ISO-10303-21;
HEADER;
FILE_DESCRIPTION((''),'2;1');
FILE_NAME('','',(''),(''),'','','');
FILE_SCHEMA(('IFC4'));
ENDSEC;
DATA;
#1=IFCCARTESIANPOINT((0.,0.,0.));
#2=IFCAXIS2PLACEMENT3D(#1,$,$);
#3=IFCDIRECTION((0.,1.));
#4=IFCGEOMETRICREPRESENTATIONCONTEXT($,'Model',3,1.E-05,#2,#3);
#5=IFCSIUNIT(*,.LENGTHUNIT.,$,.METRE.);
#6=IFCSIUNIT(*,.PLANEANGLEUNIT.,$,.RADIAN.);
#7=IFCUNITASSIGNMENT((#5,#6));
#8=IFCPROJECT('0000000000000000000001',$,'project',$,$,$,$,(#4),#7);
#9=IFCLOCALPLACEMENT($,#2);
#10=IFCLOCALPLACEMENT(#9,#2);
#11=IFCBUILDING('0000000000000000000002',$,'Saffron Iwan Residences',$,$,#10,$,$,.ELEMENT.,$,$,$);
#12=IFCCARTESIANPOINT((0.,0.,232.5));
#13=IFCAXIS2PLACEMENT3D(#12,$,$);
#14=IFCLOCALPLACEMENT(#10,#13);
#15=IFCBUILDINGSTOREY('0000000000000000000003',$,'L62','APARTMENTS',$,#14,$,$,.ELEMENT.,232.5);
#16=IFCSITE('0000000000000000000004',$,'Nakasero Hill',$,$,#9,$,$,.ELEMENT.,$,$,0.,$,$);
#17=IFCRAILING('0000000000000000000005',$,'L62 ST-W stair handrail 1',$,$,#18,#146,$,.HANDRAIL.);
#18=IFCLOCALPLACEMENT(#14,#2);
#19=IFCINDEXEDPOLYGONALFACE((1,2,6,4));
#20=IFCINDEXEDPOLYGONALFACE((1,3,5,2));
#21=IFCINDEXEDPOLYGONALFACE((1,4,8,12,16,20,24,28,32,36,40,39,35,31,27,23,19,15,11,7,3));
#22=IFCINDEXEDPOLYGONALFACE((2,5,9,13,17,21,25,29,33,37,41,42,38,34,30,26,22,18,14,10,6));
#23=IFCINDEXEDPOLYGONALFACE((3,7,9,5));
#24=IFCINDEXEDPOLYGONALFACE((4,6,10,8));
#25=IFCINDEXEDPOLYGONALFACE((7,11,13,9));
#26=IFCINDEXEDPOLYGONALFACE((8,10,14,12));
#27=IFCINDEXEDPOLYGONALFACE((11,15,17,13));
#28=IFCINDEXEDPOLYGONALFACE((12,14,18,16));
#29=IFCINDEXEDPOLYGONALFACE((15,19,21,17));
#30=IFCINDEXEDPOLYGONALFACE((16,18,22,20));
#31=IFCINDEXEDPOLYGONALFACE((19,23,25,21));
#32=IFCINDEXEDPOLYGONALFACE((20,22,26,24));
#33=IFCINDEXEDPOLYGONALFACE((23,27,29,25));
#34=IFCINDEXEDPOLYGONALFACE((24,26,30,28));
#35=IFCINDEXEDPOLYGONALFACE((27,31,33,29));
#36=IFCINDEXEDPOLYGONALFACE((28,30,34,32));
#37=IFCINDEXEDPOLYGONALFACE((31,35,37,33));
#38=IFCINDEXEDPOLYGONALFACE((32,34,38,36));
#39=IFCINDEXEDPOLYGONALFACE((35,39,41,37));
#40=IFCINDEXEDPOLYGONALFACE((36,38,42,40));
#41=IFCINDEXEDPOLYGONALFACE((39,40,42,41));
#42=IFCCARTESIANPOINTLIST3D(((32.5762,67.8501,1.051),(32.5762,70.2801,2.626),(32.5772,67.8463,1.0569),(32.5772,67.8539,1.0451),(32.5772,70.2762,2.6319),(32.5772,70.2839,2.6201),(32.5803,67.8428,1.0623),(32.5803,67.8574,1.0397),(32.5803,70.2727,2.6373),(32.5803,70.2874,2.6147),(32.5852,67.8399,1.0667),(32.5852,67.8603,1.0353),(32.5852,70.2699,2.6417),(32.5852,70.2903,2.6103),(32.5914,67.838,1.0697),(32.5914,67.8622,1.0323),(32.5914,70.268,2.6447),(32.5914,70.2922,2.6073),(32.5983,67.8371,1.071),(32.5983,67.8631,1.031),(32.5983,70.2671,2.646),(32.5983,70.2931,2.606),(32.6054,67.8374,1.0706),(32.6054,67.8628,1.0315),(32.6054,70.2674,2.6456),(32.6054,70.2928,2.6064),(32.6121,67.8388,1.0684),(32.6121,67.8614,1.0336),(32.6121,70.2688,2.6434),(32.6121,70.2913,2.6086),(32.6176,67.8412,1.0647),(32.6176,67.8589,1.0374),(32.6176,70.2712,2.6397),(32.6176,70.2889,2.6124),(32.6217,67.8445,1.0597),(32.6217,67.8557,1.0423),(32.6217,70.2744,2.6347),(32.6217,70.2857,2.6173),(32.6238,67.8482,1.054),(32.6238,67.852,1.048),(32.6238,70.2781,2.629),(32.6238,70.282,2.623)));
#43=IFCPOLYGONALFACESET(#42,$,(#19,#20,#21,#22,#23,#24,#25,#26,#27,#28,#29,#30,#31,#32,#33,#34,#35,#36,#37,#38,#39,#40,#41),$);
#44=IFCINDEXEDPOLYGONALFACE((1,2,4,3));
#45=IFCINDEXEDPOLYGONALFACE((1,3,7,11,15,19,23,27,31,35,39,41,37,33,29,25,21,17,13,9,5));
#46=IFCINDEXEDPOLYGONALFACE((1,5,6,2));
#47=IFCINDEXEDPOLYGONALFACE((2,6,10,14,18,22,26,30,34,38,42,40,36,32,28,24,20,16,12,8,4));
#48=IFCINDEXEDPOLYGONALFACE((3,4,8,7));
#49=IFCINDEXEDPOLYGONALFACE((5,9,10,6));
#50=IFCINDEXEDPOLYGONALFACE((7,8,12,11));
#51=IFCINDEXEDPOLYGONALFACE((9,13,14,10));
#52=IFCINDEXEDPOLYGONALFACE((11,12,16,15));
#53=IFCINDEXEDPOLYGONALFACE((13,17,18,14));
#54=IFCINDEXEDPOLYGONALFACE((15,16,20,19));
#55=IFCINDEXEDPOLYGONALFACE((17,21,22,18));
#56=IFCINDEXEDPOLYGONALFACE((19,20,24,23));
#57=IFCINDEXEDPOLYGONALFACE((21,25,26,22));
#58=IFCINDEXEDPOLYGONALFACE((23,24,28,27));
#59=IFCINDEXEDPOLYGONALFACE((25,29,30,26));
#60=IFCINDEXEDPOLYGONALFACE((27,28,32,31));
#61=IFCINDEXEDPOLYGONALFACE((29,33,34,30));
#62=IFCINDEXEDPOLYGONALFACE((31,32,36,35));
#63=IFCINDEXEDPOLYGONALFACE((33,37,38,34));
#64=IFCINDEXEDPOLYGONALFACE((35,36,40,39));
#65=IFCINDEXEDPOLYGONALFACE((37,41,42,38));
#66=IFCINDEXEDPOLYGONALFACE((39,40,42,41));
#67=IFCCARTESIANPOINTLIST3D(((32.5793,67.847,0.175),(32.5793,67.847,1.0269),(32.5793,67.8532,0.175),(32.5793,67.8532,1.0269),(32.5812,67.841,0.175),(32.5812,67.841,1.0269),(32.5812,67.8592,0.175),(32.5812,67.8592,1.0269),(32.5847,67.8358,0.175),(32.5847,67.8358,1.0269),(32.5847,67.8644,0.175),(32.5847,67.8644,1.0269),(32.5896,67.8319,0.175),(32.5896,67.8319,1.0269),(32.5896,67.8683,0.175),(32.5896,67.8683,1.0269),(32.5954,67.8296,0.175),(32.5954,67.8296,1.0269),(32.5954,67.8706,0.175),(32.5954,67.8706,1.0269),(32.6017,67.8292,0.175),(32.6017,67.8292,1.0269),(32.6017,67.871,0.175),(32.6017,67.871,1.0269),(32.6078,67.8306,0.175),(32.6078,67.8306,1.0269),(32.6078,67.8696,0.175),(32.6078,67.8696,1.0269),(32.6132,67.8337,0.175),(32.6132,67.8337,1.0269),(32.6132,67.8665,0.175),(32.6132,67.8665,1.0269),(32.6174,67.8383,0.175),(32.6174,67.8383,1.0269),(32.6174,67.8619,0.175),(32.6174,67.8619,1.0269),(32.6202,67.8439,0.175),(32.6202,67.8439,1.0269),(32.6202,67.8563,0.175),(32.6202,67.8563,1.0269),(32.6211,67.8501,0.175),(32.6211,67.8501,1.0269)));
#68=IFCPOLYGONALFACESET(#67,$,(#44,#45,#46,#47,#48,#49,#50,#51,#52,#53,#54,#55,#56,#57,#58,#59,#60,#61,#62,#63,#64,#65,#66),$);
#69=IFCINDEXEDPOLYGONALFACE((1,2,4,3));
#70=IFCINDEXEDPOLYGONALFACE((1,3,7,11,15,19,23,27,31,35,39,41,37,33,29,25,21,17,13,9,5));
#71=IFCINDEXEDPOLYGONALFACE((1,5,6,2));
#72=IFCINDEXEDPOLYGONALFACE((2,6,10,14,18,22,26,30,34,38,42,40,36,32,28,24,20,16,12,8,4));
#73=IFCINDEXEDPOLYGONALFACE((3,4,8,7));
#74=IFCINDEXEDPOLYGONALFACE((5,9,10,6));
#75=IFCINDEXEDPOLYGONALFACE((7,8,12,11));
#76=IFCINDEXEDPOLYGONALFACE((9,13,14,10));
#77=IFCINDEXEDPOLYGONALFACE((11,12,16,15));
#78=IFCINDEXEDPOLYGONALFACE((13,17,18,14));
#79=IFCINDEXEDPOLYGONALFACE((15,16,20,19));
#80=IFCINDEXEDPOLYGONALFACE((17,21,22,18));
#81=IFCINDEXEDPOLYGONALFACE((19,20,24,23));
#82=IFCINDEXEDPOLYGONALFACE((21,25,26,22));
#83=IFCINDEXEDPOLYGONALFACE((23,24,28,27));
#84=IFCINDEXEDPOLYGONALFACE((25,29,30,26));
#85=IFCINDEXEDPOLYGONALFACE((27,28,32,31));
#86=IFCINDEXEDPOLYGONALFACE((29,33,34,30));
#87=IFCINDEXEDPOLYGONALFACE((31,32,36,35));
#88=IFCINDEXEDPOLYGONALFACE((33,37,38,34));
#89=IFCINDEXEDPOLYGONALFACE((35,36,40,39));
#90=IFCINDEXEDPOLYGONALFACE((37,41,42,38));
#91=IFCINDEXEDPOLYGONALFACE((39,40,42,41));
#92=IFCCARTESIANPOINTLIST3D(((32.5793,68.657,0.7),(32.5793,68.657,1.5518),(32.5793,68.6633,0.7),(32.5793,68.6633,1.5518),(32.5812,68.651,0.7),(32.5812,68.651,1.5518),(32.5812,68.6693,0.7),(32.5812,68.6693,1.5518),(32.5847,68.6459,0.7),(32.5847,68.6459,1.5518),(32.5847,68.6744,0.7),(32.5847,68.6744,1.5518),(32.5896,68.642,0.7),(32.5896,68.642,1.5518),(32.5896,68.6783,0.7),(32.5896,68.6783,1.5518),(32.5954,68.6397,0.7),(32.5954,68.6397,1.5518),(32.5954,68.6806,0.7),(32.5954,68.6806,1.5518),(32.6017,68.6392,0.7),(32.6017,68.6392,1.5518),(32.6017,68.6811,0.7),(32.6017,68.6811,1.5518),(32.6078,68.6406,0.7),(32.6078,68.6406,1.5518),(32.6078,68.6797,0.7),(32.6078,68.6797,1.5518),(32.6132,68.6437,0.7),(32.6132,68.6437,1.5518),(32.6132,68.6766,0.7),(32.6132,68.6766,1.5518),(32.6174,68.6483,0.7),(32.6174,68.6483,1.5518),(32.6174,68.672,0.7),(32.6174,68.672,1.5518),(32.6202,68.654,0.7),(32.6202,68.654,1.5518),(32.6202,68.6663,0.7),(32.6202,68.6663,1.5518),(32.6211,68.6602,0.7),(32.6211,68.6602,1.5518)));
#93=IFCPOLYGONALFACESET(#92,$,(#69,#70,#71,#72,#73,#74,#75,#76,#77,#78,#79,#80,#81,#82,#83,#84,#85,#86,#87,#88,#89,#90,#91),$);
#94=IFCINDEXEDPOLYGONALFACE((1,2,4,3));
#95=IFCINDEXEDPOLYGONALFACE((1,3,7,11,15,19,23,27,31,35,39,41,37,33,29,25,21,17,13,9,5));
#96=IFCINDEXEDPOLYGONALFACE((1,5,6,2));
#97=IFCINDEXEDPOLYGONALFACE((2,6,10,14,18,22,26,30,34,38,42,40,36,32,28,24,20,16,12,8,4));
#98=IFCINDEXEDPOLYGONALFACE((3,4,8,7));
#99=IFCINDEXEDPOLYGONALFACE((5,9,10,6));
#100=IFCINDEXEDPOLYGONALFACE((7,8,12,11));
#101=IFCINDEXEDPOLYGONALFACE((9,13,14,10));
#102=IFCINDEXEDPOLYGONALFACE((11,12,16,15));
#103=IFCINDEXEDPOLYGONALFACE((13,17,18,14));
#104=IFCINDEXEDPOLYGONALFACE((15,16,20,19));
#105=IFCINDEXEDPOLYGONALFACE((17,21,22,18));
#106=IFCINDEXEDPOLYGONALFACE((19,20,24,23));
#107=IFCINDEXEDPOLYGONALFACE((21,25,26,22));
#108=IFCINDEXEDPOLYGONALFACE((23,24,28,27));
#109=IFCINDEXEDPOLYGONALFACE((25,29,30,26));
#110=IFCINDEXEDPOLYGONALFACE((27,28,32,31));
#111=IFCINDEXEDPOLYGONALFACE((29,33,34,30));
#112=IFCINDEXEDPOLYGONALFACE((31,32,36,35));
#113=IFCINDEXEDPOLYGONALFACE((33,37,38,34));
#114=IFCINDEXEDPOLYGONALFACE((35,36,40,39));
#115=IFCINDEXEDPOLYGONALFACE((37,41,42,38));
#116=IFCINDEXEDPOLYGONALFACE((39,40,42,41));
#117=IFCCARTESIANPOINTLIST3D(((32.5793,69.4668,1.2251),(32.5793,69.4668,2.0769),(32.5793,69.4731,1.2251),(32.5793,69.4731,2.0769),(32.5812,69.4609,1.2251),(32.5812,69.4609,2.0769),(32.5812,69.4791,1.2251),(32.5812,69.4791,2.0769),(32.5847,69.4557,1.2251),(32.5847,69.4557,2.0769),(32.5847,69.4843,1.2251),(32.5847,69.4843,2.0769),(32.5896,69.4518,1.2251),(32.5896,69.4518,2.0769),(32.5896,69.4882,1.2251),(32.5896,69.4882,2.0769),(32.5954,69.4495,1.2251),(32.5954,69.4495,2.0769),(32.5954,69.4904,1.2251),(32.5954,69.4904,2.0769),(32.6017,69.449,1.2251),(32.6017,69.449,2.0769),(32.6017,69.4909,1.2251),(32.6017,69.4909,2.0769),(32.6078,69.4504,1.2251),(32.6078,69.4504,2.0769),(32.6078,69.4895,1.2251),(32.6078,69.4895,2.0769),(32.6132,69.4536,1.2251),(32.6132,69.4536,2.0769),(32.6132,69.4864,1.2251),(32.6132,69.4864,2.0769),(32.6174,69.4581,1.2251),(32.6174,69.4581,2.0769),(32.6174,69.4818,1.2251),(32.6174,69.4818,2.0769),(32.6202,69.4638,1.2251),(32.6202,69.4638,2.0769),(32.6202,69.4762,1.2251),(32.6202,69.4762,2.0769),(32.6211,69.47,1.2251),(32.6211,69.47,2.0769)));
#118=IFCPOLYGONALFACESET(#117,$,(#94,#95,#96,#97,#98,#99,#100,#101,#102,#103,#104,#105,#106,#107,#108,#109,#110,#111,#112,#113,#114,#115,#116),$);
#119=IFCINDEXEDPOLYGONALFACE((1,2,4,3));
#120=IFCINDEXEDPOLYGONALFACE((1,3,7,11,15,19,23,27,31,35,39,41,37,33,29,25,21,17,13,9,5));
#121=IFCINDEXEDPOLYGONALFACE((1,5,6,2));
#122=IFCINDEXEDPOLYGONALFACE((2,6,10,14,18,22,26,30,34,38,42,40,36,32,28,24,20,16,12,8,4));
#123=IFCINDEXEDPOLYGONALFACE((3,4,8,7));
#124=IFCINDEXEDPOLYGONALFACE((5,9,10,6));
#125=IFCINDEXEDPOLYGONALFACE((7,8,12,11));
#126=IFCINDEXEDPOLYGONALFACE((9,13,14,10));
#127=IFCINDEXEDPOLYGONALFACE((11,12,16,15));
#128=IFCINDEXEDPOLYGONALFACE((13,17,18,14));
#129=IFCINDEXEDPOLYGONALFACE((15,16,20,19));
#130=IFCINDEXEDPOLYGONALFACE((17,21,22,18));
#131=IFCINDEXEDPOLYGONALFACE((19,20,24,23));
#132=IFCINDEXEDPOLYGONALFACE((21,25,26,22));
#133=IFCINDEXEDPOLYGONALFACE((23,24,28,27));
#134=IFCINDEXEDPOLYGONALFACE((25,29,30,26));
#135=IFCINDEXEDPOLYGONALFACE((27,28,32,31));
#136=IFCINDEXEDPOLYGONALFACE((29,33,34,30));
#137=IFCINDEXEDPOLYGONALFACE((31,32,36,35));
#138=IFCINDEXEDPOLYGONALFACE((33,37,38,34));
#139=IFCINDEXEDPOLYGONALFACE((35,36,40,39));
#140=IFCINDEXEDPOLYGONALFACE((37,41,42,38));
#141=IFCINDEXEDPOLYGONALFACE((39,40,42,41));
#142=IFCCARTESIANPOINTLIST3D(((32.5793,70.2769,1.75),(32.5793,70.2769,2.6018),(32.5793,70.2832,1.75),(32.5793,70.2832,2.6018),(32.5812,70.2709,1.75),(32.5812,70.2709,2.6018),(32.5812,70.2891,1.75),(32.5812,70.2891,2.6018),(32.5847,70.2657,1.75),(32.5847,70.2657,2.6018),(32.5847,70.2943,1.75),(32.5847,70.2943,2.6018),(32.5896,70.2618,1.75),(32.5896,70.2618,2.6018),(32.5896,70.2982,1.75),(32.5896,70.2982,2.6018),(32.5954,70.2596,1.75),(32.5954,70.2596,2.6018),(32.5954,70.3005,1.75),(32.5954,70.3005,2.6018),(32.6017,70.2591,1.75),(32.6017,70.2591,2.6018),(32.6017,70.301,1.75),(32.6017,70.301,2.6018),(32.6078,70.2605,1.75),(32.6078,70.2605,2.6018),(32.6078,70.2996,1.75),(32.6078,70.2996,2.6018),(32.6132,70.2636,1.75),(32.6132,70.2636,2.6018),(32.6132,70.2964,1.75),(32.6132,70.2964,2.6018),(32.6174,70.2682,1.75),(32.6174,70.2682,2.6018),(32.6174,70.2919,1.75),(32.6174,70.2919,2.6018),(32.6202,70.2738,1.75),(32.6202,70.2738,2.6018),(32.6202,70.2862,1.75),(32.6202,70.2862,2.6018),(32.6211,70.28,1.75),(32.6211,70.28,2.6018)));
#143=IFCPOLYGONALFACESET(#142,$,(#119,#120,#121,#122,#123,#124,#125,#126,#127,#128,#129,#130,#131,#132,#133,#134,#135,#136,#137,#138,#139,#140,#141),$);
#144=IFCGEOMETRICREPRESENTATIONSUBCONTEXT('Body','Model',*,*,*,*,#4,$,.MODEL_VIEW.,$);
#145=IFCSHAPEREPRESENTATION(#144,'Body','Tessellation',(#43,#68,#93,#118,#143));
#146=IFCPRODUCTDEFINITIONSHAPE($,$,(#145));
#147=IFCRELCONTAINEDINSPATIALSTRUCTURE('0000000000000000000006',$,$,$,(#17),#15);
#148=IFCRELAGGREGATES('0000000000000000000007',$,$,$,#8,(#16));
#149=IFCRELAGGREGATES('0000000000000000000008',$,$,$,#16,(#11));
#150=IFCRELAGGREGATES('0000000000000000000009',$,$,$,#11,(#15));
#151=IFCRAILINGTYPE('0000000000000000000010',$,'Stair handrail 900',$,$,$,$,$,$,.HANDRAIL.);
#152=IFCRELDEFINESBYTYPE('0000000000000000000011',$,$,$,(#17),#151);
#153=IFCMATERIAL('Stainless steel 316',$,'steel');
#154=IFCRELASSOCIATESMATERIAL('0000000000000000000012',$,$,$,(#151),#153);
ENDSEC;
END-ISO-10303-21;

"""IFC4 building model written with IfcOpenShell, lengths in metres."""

from ifc_helpers import new_model, si_unit, direction, frame, origin, origin_2d, place, context, subcontext, project, spatial, circle, extrude, material, type_object, element, save


model = new_model("IFC4")

# Units and contexts
model_context = context("Model", 3, precision=1e-05, world=origin(), true_north=direction((0.0, 1.0)))
body_context = subcontext(model_context, "Body", "Model", "MODEL_VIEW")
ifc_project = project(units=[si_unit("LENGTHUNIT", "METRE"), si_unit("PLANEANGLEUNIT", "RADIAN")], contexts=[model_context])

# Site, building, storey
site_placement = place(None, origin())
site = spatial("IfcSite", under=ifc_project, at=site_placement, Name="Nakasero Hill", CompositionType="ELEMENT", RefElevation=0.0)
building_placement = place(site_placement, origin())
building = spatial("IfcBuilding", under=site, at=building_placement, Name="Saffron Iwan Residences", CompositionType="ELEMENT")
storey_placement = place(building_placement, frame((0.0, 0.0, 232.5)))
storey = spatial("IfcBuildingStorey", under=building, at=storey_placement, Name="L62", Description="APARTMENTS", CompositionType="ELEMENT", Elevation=232.5)

# Railing
ifc_material_1 = material(Name="Stainless steel 316", Category="steel")
railing_type_1 = type_object("IfcRailingType", Name="Stair handrail 900", PredefinedType="HANDRAIL", material=ifc_material_1)
railing_1_placement = place(storey_placement, frame((32.6001, 67.8501, 0.175)))
element("IfcRailing", 1, at=railing_1_placement, inside=storey, type_object=railing_type_1, Name="L62 ST-W stair handrail 1", PredefinedType="HANDRAIL", context=body_context, shape_type="SweptSolid", body=[
    extrude(circle(Radius=0.0239, at=origin_2d()), frame((0.0, 0.0, 0.876), z_axis=(0.0, 0.839154, 0.543894), x_axis=(-1.0, 0.0, 0.0)), (0.0, 0.0, 1.0), 2.8958),
    extrude(circle(Radius=0.021, at=origin_2d()), origin(), (0.0, 0.0, 1.0), 0.8518),
    extrude(circle(Radius=0.021, at=origin_2d()), frame((0.0, 0.8101, 0.5249)), (0.0, 0.0, 1.0), 0.8518),
    extrude(circle(Radius=0.021, at=origin_2d()), frame((0.0, 1.6199, 1.05)), (0.0, 0.0, 1.0), 0.8518),
    extrude(circle(Radius=0.021, at=origin_2d()), frame((0.0, 2.4299, 1.575)), (0.0, 0.0, 1.0), 0.8518),
])

save(model, "model.ifc")
